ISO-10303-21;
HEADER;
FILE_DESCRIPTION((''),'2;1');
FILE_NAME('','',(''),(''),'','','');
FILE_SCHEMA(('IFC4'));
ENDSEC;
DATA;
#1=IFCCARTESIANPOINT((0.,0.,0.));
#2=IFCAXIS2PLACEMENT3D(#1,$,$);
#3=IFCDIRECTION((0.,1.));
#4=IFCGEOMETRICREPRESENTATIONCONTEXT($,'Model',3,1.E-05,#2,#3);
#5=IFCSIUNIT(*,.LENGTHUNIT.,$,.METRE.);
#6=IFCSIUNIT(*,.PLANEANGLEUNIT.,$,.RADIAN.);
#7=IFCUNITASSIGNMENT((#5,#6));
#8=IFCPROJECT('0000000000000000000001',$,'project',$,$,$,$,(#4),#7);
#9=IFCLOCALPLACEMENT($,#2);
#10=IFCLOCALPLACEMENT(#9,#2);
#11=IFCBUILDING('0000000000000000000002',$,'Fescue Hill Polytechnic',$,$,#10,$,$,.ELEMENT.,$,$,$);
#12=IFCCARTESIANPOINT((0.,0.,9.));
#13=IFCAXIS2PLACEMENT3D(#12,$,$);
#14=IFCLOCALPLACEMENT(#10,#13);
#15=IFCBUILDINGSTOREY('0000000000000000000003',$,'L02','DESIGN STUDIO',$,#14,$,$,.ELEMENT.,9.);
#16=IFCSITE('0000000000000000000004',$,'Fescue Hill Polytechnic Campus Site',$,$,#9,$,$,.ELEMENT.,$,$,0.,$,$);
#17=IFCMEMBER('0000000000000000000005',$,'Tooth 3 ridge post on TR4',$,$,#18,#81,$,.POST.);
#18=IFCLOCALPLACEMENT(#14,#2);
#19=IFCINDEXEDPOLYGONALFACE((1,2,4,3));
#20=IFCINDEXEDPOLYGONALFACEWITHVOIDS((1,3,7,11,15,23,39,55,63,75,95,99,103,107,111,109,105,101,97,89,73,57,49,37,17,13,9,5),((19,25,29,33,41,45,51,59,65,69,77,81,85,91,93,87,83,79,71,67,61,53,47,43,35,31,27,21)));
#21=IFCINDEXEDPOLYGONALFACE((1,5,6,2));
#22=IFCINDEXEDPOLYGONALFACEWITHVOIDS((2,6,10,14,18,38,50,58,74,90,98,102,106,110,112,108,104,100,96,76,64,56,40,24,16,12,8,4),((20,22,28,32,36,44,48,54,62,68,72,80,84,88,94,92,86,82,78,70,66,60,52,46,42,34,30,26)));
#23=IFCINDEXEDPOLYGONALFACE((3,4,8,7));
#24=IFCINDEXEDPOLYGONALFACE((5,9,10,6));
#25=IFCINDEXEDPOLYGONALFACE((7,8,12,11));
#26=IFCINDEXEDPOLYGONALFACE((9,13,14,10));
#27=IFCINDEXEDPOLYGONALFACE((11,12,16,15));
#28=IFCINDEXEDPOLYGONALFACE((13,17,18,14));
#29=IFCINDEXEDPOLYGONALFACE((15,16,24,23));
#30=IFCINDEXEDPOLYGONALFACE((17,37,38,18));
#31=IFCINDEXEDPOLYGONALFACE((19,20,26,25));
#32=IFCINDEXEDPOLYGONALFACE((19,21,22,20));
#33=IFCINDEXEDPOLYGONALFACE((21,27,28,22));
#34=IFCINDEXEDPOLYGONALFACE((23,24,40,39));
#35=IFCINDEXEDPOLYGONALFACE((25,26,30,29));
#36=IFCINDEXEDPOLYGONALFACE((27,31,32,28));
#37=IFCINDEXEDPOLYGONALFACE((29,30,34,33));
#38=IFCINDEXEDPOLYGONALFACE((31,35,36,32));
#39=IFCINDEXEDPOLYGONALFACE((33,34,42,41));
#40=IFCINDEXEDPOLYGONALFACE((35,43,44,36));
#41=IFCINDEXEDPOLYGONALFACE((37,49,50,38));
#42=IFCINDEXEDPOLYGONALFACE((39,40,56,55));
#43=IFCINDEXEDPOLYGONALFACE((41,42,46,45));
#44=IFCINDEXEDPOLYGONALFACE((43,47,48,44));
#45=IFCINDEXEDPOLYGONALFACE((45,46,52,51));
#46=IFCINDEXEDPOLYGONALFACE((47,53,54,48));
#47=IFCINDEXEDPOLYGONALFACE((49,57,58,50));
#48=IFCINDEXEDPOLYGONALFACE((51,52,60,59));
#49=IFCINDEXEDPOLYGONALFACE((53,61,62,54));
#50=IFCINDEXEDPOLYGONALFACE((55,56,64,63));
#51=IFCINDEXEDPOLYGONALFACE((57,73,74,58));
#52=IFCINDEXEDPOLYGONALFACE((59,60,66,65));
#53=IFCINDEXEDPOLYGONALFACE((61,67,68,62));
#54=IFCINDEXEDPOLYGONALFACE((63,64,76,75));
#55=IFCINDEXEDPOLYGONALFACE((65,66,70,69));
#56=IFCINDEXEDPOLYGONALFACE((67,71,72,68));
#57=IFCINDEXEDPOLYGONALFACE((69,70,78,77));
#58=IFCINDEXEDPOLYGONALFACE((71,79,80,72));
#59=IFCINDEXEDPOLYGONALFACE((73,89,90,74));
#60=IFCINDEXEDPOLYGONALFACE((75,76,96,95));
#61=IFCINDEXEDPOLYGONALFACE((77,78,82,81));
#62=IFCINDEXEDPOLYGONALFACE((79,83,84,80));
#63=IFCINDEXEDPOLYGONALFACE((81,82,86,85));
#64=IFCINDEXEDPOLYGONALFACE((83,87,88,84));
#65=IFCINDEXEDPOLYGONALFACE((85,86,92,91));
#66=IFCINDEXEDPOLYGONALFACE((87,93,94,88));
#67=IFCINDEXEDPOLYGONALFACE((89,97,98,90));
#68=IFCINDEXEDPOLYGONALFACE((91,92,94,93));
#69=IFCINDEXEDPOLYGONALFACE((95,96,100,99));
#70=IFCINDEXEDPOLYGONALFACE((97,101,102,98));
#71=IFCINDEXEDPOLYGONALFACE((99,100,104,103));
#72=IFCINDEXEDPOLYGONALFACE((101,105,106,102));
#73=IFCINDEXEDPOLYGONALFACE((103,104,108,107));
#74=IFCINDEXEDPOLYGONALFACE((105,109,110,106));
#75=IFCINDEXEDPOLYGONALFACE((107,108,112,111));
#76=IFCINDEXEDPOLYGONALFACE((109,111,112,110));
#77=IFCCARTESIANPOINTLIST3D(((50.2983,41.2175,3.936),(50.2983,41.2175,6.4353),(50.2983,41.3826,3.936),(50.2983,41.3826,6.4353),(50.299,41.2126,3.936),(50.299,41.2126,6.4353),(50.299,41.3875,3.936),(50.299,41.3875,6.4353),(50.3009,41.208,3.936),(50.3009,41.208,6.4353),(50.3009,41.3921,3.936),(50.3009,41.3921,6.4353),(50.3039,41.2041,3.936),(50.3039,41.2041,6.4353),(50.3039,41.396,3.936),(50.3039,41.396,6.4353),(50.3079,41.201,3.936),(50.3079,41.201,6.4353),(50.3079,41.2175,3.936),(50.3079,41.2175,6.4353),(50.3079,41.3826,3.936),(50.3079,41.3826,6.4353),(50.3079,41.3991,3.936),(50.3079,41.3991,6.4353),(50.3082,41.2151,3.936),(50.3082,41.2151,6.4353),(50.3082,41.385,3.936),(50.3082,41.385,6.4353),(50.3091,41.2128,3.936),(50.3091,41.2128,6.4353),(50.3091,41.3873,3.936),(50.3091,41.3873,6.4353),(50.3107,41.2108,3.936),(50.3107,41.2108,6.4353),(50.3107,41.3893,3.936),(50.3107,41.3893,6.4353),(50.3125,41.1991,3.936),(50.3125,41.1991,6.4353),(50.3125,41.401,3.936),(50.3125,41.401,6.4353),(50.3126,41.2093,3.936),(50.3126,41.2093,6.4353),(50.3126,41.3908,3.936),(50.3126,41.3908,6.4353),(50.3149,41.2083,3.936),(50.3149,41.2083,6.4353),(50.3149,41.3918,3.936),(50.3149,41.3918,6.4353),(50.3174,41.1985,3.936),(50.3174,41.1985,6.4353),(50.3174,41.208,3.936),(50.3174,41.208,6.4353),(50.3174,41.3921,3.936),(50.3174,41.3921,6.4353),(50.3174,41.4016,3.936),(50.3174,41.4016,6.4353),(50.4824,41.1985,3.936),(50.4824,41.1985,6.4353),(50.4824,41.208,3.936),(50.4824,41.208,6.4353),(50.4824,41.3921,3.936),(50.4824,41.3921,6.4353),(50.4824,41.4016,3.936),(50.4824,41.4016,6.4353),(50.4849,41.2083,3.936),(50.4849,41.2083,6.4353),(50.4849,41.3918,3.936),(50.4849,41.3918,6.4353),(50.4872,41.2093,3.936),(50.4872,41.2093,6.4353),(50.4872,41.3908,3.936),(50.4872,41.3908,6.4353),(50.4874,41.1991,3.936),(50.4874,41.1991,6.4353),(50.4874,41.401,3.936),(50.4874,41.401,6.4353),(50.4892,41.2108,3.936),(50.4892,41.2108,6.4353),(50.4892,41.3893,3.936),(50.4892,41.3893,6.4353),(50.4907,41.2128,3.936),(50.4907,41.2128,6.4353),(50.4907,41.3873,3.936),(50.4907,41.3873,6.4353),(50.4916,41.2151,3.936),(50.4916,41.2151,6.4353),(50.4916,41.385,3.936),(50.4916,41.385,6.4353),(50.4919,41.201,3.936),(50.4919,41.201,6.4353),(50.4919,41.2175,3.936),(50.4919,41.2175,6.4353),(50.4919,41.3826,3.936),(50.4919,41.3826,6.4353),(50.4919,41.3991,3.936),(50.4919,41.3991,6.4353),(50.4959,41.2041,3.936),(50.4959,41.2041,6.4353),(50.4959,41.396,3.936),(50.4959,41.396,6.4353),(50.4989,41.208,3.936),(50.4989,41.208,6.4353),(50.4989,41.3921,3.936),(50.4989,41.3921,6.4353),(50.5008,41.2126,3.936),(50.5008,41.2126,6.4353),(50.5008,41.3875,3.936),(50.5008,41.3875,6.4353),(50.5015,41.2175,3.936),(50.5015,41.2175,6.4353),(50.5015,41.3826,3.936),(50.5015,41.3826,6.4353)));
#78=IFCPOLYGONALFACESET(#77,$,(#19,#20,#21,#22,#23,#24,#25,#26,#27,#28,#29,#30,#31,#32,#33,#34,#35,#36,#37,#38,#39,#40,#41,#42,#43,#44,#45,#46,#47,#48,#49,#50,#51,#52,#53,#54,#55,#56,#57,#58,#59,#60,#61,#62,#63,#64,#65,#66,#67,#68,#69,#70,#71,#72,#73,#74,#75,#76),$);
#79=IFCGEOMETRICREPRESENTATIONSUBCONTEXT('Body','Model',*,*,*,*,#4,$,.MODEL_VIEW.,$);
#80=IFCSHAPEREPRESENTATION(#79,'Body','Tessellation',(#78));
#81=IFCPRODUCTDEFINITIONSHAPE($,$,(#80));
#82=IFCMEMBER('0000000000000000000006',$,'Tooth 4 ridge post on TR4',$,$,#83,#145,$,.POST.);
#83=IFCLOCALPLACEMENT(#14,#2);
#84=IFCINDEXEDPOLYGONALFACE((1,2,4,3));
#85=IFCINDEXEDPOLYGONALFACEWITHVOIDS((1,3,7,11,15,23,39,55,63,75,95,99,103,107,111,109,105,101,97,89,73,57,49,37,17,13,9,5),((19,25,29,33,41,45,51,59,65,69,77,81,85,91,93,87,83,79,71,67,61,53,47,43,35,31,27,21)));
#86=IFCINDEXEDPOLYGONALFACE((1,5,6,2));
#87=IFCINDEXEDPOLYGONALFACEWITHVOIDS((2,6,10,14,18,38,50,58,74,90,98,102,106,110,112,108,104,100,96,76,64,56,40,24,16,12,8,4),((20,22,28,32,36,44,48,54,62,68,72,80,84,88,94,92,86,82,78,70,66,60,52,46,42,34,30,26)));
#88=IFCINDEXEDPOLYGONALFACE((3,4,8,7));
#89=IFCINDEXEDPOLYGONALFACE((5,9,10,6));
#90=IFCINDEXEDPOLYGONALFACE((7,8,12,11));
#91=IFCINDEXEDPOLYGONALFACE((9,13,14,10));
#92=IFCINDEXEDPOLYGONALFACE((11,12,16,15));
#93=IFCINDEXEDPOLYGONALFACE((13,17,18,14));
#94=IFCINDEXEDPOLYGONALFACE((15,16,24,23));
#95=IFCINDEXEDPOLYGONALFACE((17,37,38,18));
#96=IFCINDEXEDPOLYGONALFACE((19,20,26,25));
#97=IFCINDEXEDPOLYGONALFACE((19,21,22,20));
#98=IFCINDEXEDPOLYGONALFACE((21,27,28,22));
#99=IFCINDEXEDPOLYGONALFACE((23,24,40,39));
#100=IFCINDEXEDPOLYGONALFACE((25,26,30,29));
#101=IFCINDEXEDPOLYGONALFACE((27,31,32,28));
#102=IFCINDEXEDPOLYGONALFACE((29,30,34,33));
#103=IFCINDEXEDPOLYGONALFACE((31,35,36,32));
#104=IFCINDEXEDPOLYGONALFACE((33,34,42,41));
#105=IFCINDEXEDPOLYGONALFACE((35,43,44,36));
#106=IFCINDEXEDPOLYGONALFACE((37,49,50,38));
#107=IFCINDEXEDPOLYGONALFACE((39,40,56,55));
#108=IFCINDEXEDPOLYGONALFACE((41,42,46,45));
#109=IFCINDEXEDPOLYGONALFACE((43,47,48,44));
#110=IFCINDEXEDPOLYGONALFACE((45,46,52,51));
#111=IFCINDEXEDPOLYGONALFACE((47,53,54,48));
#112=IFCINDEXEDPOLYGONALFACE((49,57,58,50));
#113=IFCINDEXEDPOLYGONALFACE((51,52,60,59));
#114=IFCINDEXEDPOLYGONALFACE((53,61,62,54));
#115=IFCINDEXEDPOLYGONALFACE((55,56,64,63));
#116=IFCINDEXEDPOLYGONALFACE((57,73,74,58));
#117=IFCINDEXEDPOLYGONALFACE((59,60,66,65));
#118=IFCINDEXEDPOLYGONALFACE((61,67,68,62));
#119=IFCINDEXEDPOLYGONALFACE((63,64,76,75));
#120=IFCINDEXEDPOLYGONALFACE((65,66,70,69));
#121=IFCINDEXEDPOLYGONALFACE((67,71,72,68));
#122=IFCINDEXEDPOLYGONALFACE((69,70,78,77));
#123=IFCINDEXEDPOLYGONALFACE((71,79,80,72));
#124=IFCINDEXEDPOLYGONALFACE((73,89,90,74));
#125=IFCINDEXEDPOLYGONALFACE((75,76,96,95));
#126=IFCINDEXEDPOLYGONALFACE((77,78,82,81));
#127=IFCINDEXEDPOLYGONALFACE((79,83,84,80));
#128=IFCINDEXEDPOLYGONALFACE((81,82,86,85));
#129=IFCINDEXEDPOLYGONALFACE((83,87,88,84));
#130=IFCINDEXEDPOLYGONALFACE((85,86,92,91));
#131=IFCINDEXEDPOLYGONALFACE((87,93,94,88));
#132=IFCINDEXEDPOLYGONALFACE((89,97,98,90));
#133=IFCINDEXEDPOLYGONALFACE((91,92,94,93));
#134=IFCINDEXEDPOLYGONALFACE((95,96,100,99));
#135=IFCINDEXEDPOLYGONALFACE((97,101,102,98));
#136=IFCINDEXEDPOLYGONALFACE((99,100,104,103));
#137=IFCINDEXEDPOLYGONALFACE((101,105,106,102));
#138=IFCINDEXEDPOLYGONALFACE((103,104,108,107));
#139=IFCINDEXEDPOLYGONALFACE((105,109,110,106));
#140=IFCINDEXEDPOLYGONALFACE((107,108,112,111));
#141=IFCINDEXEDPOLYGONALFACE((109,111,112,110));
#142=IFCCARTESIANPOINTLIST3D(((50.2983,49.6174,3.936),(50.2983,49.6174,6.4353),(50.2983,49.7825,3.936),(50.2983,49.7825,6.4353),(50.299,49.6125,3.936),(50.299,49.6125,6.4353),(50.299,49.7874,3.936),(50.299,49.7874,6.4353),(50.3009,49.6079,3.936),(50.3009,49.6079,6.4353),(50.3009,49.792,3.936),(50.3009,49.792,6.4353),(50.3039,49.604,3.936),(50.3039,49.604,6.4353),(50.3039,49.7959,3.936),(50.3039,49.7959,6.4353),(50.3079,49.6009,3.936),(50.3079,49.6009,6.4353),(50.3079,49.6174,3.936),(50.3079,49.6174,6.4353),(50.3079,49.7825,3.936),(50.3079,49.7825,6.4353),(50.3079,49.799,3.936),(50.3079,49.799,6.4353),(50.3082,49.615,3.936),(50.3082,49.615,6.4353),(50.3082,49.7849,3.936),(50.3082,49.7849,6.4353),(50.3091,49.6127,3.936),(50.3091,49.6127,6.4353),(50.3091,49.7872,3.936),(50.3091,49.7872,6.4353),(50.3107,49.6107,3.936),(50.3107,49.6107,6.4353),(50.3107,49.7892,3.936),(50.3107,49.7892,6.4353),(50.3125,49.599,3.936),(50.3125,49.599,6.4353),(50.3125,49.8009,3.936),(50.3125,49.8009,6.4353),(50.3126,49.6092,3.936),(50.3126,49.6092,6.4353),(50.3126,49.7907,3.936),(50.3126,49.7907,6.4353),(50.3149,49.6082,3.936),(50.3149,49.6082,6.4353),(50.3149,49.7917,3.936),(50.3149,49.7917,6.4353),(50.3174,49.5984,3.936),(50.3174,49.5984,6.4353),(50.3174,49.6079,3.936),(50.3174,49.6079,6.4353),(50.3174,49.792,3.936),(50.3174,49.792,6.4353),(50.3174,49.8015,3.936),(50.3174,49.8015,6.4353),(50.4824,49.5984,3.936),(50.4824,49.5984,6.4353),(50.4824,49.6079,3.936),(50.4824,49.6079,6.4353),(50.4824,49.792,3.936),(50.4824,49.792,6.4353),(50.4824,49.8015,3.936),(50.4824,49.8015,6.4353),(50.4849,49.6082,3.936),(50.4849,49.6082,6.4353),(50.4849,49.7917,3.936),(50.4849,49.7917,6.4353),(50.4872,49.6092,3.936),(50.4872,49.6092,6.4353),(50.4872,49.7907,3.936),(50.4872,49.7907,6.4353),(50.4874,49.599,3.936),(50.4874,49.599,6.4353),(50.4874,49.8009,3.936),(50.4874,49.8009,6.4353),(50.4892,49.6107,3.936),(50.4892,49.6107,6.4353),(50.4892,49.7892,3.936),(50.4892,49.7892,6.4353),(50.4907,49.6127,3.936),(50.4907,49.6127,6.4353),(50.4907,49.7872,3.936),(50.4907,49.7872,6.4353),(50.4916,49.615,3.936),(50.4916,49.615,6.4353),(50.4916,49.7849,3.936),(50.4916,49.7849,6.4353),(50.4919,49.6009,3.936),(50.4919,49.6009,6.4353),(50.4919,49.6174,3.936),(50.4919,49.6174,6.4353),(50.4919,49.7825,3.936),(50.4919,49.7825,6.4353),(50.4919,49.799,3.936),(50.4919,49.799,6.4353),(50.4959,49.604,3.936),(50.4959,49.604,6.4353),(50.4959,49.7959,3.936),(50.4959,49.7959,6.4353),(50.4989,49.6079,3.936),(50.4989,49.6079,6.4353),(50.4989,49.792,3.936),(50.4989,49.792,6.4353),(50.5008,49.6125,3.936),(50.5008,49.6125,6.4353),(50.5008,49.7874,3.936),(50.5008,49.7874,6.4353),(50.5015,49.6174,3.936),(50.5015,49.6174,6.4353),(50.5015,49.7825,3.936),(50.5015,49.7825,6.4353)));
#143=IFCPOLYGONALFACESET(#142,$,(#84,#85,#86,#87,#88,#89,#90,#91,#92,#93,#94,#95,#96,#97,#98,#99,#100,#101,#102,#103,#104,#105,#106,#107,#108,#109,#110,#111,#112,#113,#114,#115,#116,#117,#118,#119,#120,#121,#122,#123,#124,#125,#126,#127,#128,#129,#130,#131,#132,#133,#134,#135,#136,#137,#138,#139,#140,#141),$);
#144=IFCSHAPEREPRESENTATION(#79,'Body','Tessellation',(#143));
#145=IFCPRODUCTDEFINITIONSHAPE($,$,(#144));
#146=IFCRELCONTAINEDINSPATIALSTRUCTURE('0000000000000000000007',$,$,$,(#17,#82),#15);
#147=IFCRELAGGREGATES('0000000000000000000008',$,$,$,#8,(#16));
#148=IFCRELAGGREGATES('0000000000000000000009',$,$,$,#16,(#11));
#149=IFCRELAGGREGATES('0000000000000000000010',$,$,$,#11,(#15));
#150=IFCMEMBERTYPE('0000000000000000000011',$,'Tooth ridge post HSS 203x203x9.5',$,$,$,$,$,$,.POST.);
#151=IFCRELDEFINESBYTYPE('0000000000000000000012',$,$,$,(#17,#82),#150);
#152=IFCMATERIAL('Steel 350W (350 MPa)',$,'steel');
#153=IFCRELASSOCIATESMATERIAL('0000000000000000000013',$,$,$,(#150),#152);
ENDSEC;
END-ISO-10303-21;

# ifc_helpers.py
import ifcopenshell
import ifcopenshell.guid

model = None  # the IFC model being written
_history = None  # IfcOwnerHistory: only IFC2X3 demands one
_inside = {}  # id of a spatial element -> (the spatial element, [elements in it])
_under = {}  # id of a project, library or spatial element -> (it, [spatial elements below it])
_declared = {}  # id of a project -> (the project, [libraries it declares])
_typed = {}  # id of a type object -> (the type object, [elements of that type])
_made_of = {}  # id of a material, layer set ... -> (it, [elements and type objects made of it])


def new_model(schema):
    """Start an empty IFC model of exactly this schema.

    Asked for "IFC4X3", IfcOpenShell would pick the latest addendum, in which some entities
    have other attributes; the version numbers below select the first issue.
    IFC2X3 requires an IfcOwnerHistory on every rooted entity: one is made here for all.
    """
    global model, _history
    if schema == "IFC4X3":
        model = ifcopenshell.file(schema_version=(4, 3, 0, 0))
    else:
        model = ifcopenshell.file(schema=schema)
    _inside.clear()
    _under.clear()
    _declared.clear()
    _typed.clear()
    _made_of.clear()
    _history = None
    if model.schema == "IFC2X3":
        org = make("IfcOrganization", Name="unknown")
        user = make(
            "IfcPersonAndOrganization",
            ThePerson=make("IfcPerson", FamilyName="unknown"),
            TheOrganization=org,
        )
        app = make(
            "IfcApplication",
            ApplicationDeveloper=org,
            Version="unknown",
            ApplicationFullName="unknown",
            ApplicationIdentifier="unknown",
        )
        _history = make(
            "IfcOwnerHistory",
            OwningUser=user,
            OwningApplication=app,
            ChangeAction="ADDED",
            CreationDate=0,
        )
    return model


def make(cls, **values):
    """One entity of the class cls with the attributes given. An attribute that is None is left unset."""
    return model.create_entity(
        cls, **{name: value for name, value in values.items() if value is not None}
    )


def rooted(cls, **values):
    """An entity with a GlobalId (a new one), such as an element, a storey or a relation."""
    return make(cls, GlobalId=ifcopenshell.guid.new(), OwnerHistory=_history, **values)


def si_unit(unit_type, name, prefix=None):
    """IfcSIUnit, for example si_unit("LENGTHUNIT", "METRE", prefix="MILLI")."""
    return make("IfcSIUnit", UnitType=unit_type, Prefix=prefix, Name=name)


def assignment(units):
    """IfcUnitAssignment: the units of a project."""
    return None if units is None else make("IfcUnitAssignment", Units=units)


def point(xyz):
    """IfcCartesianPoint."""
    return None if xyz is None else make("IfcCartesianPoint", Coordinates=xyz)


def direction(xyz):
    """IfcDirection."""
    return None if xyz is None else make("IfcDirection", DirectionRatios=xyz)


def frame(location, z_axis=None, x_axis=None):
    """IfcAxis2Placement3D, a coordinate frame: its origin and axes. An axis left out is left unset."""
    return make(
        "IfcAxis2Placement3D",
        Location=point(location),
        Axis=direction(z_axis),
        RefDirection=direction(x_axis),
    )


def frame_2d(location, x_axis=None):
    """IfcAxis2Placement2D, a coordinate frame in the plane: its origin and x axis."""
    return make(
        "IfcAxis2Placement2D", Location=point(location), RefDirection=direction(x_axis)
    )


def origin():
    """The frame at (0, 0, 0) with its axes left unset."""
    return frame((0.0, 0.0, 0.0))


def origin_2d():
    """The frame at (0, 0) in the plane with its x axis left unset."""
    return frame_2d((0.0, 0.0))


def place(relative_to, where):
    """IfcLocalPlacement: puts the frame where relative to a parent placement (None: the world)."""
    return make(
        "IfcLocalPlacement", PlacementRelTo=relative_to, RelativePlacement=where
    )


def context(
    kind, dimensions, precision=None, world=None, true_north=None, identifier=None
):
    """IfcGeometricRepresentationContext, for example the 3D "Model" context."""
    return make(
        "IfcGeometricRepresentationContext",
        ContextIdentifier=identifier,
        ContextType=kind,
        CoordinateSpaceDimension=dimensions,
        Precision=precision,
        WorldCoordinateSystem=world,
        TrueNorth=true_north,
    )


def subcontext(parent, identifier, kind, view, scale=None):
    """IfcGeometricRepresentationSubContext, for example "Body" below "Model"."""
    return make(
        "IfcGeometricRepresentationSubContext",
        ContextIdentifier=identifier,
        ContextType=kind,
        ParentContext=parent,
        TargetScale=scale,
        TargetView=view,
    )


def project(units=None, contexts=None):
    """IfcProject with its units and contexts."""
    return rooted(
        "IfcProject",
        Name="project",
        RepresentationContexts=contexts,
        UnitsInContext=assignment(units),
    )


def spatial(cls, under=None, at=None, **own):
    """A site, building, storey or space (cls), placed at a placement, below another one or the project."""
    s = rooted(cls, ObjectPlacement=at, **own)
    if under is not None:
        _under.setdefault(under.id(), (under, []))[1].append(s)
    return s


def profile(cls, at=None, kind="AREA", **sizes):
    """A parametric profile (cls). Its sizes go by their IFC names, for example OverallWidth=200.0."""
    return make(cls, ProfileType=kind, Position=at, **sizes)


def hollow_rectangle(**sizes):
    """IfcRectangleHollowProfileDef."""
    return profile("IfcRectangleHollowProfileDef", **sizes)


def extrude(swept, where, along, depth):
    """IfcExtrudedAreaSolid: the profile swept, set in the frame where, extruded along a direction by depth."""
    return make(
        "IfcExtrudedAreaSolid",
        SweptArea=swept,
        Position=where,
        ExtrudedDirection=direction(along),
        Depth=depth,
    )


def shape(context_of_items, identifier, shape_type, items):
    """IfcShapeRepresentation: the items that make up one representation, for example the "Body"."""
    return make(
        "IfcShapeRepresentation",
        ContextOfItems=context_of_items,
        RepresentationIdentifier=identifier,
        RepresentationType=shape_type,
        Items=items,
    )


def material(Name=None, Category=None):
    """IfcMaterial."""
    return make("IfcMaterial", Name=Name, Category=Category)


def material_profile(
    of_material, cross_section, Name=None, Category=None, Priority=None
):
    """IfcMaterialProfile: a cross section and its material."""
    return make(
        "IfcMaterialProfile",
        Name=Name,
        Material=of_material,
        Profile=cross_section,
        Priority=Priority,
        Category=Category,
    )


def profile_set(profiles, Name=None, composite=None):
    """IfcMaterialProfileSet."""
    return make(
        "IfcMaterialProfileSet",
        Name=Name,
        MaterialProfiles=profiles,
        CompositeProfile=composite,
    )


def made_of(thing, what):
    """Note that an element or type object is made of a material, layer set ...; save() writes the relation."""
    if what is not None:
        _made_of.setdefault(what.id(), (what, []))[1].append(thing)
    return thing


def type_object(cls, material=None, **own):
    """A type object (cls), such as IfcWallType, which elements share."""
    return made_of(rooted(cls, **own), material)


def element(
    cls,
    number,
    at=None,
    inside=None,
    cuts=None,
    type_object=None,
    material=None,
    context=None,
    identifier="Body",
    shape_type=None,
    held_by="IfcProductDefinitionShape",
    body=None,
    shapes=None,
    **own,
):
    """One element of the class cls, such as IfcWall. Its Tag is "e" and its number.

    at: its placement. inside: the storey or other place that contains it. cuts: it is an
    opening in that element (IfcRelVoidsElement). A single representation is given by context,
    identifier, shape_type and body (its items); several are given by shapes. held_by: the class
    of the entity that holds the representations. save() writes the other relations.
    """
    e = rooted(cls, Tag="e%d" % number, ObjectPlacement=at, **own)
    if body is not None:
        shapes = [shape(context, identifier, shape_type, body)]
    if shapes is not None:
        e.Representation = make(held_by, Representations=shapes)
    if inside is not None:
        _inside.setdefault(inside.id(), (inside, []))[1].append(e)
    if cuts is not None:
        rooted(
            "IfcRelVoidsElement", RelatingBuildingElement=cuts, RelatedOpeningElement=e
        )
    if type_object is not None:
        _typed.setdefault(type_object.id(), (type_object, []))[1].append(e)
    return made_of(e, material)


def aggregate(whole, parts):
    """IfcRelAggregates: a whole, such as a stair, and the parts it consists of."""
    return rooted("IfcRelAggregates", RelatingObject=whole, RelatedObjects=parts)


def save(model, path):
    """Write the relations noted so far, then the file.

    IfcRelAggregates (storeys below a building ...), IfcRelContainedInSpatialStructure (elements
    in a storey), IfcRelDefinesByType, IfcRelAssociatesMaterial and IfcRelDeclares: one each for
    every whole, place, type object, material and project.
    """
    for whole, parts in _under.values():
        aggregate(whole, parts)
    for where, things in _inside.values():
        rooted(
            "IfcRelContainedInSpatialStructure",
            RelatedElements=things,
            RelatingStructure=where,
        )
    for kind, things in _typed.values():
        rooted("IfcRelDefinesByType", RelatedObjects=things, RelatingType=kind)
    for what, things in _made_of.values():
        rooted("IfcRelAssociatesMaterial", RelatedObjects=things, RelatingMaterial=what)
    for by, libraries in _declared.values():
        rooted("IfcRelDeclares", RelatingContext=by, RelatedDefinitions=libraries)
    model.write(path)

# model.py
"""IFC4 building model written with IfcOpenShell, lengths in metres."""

from ifc_helpers import new_model, si_unit, direction, frame, origin, origin_2d, place, context, subcontext, project, spatial, hollow_rectangle, extrude, material, material_profile, profile_set, type_object, element, save


model = new_model("IFC4")

# Units and contexts
model_context = context("Model", 3, precision=1e-05, world=origin(), true_north=direction((0.0, 1.0)))
body_context = subcontext(model_context, "Body", "Model", "MODEL_VIEW")
ifc_project = project(units=[si_unit("LENGTHUNIT", "METRE"), si_unit("PLANEANGLEUNIT", "RADIAN")], contexts=[model_context])

# Site, building, storey
site_placement = place(None, origin())
site = spatial("IfcSite", under=ifc_project, at=site_placement, Name="Fescue Hill Polytechnic Campus Site", CompositionType="ELEMENT", RefElevation=0.0)
building_placement = place(site_placement, origin())
building = spatial("IfcBuilding", under=site, at=building_placement, Name="Fescue Hill Polytechnic", CompositionType="ELEMENT")
storey_placement = place(building_placement, frame((0.0, 0.0, 9.0)))
storey = spatial("IfcBuildingStorey", under=building, at=storey_placement, Name="L02", Description="DESIGN STUDIO", CompositionType="ELEMENT", Elevation=9.0)

# Members
ifc_material = material(Name="Steel 350W (350 MPa)", Category="steel")
ifc_material_profile_1 = material_profile(ifc_material, hollow_rectangle(XDim=0.2031, YDim=0.2031, WallThickness=0.0095, InnerFilletRadius=0.0095, OuterFilletRadius=0.019, at=origin_2d()), Name="Tooth ridge post HSS 203x203x9.5")
ifc_profile_set_1 = profile_set([ifc_material_profile_1], Name="Steel 350W (350 MPa)")
member_type_1 = type_object("IfcMemberType", Name="Tooth ridge post HSS 203x203x9.5", PredefinedType="POST", material=ifc_profile_set_1)
for number, where, z_axis, x_axis, name in (
    (1, (50.3999, 41.3, 3.936), (0.0, 0.0, 1.0), (1.0, 0.0, 0.0), "Tooth 3 ridge post on TR4"),
    (2, (50.3999, 49.7, 3.936), (0.0, 0.0, 1.0), (1.0, 0.0, 0.0), "Tooth 4 ridge post on TR4"),
):
    element("IfcMember", number, at=place(storey_placement, frame(where, z_axis=z_axis, x_axis=x_axis)), inside=storey, type_object=member_type_1, Name=name, PredefinedType="POST", context=body_context, shape_type="SweptSolid", body=[
        extrude(hollow_rectangle(XDim=0.2031, YDim=0.2031, WallThickness=0.0095, InnerFilletRadius=0.0095, OuterFilletRadius=0.019, at=origin_2d()), origin(), (0.0, 0.0, 1.0), 2.4993),
    ])

save(model, "model.ifc")
